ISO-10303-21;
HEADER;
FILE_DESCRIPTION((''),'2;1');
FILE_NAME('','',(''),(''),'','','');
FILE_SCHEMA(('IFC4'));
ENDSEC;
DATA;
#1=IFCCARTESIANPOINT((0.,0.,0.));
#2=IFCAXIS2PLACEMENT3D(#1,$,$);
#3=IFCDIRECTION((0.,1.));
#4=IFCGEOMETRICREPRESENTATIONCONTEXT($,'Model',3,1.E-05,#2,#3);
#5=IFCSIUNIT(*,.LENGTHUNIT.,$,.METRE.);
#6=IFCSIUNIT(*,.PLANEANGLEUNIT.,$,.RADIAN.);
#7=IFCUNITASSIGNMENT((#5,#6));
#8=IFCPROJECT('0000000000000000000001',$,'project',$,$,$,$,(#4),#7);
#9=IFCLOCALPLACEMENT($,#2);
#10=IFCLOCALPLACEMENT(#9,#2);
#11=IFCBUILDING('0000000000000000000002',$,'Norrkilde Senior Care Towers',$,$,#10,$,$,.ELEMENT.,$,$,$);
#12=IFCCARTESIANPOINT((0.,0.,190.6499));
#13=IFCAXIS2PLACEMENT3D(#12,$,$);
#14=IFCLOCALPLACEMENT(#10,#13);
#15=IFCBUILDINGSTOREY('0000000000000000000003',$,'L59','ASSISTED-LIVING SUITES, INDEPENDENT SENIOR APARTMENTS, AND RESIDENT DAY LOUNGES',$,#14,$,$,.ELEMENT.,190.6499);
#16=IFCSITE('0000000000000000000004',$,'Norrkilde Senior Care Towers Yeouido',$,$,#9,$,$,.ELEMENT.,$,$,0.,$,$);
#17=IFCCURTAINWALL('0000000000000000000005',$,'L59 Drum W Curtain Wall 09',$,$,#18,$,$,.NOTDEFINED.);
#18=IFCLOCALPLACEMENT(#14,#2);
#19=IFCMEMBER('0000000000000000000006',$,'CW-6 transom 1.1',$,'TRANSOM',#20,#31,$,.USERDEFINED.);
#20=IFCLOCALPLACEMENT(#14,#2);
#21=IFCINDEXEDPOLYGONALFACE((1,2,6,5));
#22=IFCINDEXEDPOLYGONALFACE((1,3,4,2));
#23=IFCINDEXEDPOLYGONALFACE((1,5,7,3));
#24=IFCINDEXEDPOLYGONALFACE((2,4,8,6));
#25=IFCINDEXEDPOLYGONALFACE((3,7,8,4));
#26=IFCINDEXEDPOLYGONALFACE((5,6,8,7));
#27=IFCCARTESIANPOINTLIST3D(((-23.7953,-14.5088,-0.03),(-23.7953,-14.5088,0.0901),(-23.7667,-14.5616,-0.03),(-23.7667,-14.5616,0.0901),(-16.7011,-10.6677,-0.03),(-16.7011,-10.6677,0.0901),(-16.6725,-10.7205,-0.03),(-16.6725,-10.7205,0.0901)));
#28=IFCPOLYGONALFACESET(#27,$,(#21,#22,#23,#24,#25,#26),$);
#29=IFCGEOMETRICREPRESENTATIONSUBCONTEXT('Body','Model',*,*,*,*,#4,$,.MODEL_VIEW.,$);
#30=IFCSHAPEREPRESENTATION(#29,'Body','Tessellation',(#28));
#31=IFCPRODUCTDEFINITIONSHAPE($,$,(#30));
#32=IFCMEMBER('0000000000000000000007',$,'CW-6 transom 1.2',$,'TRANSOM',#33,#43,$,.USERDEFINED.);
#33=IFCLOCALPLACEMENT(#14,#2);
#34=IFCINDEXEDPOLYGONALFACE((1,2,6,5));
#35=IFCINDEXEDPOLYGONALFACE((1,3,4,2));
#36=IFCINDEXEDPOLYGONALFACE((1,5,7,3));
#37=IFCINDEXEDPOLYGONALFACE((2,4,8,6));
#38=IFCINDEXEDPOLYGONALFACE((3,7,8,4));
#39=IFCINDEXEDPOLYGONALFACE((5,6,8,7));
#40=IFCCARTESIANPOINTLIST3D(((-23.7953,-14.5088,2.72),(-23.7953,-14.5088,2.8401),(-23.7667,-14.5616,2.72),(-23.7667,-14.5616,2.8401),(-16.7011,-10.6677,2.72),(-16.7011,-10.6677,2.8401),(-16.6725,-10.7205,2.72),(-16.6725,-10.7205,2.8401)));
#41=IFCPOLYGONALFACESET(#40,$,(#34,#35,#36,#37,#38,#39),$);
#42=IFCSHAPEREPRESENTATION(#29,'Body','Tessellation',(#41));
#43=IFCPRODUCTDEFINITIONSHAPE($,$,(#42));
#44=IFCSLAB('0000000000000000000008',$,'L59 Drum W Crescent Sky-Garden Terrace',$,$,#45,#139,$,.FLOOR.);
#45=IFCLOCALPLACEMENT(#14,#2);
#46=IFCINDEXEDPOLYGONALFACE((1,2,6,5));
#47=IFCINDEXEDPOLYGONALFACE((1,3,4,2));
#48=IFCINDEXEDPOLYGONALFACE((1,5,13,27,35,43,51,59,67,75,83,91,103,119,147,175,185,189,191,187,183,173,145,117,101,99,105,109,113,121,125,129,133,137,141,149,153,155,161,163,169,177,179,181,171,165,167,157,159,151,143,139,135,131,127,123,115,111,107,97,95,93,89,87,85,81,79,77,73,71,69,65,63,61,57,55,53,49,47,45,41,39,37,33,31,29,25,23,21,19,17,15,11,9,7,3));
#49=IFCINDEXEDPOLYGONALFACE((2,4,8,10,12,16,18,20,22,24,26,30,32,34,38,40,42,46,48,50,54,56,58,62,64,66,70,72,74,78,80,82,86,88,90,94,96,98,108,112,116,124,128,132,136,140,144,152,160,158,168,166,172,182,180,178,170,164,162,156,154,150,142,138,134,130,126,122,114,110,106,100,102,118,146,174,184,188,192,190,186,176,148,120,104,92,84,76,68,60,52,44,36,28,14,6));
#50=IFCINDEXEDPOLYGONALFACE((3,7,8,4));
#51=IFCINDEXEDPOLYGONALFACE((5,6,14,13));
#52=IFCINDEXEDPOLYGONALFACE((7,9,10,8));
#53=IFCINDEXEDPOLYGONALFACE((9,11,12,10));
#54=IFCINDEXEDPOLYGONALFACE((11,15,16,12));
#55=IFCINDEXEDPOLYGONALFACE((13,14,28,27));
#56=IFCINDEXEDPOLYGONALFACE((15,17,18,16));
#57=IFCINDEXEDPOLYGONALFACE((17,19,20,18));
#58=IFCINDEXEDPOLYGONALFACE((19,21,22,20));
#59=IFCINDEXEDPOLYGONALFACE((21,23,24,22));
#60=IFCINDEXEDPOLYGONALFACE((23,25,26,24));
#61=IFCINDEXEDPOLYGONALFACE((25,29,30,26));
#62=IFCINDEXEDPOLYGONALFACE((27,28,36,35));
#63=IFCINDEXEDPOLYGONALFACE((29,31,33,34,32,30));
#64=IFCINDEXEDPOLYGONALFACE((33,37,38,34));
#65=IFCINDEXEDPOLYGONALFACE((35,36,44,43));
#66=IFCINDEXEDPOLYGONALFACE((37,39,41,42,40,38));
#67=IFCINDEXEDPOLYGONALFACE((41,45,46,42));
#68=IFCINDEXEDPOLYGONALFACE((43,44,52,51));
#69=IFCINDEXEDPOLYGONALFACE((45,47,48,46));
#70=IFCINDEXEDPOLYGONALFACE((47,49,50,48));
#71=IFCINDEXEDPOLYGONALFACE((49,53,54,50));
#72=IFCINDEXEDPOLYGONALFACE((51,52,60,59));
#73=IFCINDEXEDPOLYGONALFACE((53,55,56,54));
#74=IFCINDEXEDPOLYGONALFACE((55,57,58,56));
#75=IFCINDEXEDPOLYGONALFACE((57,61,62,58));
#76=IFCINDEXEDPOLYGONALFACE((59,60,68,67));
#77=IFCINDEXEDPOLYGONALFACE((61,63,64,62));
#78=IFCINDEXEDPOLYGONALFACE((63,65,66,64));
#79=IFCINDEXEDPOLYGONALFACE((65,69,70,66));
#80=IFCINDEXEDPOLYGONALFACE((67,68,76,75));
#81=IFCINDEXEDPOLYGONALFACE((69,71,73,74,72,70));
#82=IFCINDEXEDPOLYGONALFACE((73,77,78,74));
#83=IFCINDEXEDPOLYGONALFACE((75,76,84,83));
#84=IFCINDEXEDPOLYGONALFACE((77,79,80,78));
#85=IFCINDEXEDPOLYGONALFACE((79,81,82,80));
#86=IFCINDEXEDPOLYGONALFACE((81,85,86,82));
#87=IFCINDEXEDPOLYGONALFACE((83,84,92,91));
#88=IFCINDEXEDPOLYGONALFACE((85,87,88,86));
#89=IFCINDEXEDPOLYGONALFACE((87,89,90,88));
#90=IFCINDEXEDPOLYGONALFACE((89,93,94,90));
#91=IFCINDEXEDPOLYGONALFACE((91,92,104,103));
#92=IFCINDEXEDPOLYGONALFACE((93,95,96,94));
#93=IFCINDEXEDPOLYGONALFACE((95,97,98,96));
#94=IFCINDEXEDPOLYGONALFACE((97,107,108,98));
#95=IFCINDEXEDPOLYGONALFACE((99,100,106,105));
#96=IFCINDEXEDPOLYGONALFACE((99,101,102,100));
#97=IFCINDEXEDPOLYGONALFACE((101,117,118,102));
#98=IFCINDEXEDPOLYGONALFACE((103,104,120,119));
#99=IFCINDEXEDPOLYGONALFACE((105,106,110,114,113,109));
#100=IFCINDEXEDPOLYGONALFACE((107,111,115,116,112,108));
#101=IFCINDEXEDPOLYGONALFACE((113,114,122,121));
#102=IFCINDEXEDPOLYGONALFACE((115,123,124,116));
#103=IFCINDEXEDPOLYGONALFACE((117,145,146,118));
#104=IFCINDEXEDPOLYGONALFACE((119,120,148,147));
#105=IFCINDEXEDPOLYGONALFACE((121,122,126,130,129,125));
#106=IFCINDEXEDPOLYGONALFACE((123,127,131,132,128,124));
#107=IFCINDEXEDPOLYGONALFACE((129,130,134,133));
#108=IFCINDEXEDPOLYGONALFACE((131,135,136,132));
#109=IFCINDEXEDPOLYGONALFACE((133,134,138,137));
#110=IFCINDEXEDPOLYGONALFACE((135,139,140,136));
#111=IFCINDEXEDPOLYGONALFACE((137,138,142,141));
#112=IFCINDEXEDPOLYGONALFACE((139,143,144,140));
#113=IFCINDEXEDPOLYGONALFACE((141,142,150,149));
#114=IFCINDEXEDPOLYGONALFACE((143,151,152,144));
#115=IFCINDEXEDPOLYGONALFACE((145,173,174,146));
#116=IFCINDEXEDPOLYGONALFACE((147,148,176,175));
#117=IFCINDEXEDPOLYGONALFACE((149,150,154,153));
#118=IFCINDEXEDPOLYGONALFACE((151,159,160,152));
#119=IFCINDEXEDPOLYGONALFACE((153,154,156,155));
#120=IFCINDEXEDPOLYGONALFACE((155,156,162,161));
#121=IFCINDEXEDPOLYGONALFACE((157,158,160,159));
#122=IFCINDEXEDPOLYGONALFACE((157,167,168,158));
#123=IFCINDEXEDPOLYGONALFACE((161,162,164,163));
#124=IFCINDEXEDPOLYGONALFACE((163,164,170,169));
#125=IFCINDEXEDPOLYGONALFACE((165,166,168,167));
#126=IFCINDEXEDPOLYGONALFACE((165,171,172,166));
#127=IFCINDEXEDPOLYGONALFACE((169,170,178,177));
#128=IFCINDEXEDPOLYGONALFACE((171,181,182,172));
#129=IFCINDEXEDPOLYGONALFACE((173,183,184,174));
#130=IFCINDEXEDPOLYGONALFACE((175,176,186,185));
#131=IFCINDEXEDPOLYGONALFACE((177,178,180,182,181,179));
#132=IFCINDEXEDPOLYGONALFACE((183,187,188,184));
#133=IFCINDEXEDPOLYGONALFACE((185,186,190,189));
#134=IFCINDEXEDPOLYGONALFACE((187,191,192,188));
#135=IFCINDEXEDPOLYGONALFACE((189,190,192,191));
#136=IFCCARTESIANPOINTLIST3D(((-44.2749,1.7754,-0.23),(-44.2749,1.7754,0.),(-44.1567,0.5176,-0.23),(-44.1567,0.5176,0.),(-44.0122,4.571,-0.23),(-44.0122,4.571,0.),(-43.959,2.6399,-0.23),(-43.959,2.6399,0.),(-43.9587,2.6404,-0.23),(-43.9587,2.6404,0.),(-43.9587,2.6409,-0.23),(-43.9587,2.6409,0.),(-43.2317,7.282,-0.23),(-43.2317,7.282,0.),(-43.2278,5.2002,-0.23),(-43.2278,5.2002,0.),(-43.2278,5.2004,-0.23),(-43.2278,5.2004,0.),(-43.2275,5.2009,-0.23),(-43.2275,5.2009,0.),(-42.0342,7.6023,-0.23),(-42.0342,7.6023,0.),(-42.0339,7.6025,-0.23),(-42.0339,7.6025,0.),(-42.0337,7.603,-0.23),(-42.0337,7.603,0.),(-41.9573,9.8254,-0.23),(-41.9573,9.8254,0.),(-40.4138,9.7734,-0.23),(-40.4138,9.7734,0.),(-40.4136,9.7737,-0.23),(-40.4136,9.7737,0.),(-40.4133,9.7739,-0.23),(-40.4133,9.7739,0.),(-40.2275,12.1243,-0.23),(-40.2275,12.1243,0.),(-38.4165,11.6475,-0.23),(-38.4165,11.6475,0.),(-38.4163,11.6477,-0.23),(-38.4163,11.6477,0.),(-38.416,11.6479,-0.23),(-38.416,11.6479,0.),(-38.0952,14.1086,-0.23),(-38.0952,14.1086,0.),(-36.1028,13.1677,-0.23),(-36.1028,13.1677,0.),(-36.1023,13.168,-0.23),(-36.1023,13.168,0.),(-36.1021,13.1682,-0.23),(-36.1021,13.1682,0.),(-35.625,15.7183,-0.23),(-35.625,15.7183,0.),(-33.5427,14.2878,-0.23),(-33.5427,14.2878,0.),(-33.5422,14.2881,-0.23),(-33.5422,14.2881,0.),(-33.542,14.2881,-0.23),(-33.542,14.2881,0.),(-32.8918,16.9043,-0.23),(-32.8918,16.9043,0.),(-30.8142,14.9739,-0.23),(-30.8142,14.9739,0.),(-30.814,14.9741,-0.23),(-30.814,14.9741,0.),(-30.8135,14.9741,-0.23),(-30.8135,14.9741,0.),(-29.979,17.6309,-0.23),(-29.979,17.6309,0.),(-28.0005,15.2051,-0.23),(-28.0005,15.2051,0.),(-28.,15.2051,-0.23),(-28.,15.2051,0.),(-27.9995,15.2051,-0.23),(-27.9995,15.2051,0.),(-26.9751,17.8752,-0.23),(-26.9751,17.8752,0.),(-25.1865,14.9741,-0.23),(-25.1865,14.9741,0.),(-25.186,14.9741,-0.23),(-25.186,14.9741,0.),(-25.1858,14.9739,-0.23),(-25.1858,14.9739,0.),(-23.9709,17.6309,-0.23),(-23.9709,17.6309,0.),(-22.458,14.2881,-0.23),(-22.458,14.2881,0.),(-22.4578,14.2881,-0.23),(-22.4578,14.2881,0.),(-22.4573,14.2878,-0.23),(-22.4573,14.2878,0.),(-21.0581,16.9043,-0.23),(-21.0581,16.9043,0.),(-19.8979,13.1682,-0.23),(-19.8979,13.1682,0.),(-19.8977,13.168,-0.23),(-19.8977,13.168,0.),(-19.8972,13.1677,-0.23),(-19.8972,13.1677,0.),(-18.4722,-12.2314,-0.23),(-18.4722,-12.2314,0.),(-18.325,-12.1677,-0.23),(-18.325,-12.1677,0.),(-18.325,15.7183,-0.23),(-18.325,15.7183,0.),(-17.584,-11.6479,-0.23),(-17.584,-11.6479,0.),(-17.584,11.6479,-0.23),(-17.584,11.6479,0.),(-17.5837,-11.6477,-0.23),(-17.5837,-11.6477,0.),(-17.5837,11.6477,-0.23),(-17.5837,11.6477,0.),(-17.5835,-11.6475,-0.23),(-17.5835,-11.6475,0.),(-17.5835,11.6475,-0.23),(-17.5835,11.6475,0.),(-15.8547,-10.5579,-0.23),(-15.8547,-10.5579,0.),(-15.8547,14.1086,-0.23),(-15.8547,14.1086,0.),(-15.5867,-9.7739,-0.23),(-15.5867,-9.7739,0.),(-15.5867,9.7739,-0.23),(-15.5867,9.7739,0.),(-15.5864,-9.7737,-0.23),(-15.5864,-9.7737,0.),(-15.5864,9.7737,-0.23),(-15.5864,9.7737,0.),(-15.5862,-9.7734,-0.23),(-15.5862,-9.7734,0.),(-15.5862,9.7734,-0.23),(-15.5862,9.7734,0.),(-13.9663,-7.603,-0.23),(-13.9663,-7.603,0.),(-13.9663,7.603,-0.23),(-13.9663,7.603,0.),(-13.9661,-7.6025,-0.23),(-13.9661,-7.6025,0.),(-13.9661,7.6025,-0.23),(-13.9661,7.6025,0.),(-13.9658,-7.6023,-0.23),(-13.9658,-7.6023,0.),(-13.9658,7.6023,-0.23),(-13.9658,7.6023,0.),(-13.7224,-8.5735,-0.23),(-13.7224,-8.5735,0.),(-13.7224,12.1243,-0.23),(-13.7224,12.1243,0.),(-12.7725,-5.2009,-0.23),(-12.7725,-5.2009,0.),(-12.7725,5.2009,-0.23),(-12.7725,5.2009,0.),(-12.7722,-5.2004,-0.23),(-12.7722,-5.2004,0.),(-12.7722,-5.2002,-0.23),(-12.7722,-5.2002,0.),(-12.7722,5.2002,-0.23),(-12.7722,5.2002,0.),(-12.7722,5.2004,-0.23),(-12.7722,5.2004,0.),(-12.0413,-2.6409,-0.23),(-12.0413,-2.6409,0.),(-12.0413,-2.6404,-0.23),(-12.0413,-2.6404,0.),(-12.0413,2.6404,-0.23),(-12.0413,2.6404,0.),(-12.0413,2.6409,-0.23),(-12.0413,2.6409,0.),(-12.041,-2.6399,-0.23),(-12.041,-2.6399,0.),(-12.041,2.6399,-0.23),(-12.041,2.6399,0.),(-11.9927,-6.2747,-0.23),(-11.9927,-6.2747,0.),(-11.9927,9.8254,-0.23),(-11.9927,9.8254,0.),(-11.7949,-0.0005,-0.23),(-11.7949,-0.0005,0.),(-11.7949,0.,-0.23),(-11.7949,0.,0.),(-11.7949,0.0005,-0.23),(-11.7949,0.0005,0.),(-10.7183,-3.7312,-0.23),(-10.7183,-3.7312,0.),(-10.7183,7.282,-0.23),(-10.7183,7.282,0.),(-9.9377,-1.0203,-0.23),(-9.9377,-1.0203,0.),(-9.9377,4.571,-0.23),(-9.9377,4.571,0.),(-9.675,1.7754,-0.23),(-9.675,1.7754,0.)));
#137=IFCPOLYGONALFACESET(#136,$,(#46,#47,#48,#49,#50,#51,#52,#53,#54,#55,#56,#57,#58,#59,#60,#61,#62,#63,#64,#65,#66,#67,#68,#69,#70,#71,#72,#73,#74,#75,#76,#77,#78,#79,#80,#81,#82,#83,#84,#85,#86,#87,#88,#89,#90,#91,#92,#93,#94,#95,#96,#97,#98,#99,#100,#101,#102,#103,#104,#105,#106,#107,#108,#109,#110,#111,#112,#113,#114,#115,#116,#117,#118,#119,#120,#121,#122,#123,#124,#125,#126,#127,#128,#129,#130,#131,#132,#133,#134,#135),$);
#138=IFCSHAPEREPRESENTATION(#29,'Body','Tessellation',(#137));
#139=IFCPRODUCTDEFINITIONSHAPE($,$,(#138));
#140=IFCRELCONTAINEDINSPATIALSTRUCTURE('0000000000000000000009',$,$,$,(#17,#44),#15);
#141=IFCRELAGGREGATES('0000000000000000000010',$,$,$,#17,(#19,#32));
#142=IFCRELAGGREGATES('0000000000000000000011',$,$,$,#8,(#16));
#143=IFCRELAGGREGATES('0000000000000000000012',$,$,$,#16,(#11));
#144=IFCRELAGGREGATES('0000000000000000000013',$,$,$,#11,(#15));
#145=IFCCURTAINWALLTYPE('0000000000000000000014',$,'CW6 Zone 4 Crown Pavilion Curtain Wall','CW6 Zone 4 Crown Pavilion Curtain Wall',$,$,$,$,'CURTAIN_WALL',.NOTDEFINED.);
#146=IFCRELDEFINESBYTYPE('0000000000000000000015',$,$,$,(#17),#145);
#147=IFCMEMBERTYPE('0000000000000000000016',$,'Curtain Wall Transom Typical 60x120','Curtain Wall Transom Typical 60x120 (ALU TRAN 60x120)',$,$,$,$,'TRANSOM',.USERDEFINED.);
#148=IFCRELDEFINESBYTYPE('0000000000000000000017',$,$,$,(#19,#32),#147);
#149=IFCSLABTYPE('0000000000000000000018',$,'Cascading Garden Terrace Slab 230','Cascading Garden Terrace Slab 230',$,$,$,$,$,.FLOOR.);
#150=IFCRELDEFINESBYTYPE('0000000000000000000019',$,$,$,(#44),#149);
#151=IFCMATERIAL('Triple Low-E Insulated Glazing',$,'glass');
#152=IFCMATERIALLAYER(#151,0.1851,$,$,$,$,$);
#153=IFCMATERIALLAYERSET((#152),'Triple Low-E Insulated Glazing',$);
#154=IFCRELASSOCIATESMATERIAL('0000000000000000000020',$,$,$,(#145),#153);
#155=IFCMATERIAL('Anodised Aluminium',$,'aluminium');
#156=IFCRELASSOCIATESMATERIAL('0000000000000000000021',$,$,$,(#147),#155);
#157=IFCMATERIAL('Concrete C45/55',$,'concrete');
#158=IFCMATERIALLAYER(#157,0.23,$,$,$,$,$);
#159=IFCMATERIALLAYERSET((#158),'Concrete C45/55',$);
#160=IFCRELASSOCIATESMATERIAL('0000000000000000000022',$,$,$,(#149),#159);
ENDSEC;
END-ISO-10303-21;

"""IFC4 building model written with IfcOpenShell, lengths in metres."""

from ifc_helpers import new_model, si_unit, direction, frame, origin, origin_2d, place, context, subcontext, project, spatial, polyline, rectangle, outline, extrude, source, transform, mapped, material, layer, layer_set, material_profile, profile_set, type_object, element, aggregate, save


model = new_model("IFC4")

# Units and contexts
model_context = context("Model", 3, precision=1e-05, world=origin(), true_north=direction((0.0, 1.0)))
body_context = subcontext(model_context, "Body", "Model", "MODEL_VIEW")
ifc_project = project(units=[si_unit("LENGTHUNIT", "METRE"), si_unit("PLANEANGLEUNIT", "RADIAN")], contexts=[model_context])

# Site, building, storey
site_placement = place(None, origin())
site = spatial("IfcSite", under=ifc_project, at=site_placement, Name="Norrkilde Senior Care Towers Yeouido", CompositionType="ELEMENT", RefElevation=0.0)
building_placement = place(site_placement, origin())
building = spatial("IfcBuilding", under=site, at=building_placement, Name="Norrkilde Senior Care Towers", CompositionType="ELEMENT")
storey_placement = place(building_placement, frame((0.0, 0.0, 190.6499)))
storey = spatial("IfcBuildingStorey", under=building, at=storey_placement, Name="L59", Description="ASSISTED-LIVING SUITES, INDEPENDENT SENIOR APARTMENTS, AND RESIDENT DAY LOUNGES", CompositionType="ELEMENT", Elevation=190.6499)

# Curtain wall
ifc_material_1 = material(Name="Triple Low-E Insulated Glazing", Category="glass")
ifc_layer_1 = layer(ifc_material_1, 0.1851)
ifc_layer_set_1 = layer_set([ifc_layer_1], Name="Triple Low-E Insulated Glazing")
curtain_wall_type = type_object("IfcCurtainWallType", Name="CW6 Zone 4 Crown Pavilion Curtain Wall", Description="CW6 Zone 4 Crown Pavilion Curtain Wall", ElementType="CURTAIN_WALL", PredefinedType="NOTDEFINED", material=ifc_layer_set_1)
curtain_wall_1_placement = place(storey_placement, origin())
curtain_wall_1 = element("IfcCurtainWall", 1, at=curtain_wall_1_placement, inside=storey, type_object=curtain_wall_type, Name="L59 Drum W Curtain Wall 09", PredefinedType="NOTDEFINED")
ifc_material_2 = material(Name="Anodised Aluminium", Category="aluminium")

# Members
ifc_material_profile_1 = material_profile(ifc_material_2, rectangle(XDim=0.0601, YDim=0.1201, at=origin_2d()), Name="ALU TRAN 60x120")
ifc_profile_set_1 = profile_set([ifc_material_profile_1], Name="Anodised Aluminium")
member_type_1 = type_object("IfcMemberType", Name="Curtain Wall Transom Typical 60x120", Description="Curtain Wall Transom Typical 60x120 (ALU TRAN 60x120)", ElementType="TRANSOM", PredefinedType="USERDEFINED", material=ifc_profile_set_1)
shared_shape_1 = source(origin(), body_context, "Body", "SweptSolid", [
    extrude(rectangle(XDim=0.0601, YDim=0.1201, at=origin_2d()), origin(), (0.0, 0.0, 1.0), 8.0674),
])
member_1_placement = place(storey_placement, frame((-16.6868, -10.6941, 0.03), z_axis=(-0.879378, -0.476125, 0.0), x_axis=(0.476125, -0.879378, 0.0)))
member_1 = element("IfcMember", 2, at=member_1_placement, type_object=member_type_1, Name="CW-6 transom 1.1", ObjectType="TRANSOM", PredefinedType="USERDEFINED", context=body_context, shape_type="MappedRepresentation", body=[
    mapped(shared_shape_1, transform((0.0, 0.0, 0.0), x_axis=(1.0, 0.0, 0.0), y_axis=(0.0, 1.0, 0.0), z_axis=(0.0, 0.0, 1.0), scale=1.0)),
])
member_2_placement = place(storey_placement, frame((-16.6868, -10.6941, 2.78), z_axis=(-0.879378, -0.476125, 0.0), x_axis=(0.476125, -0.879378, 0.0)))
member_2 = element("IfcMember", 3, at=member_2_placement, type_object=member_type_1, Name="CW-6 transom 1.2", ObjectType="TRANSOM", PredefinedType="USERDEFINED", context=body_context, shape_type="MappedRepresentation", body=[
    mapped(shared_shape_1, transform((0.0, 0.0, 0.0), x_axis=(1.0, 0.0, 0.0), y_axis=(0.0, 1.0, 0.0), z_axis=(0.0, 0.0, 1.0), scale=1.0)),
])
aggregate(curtain_wall_1, [member_1, member_2])

# Slab
ifc_material_3 = material(Name="Concrete C45/55", Category="concrete")
ifc_layer_2 = layer(ifc_material_3, 0.23)
ifc_layer_set_2 = layer_set([ifc_layer_2], Name="Concrete C45/55")
slab_type_1 = type_object("IfcSlabType", Name="Cascading Garden Terrace Slab 230", Description="Cascading Garden Terrace Slab 230", PredefinedType="FLOOR", material=ifc_layer_set_2)
slab_1_placement = place(storey_placement, frame((0.0, 0.0, -0.23)))
element("IfcSlab", 4, at=slab_1_placement, inside=storey, type_object=slab_type_1, Name="L59 Drum W Crescent Sky-Garden Terrace", PredefinedType="FLOOR", context=body_context, shape_type="SweptSolid", body=[
    extrude(outline(polyline([(-44.2749, 1.7754), (-44.0122, 4.571), (-43.2317, 7.282), (-41.9573, 9.8254), (-40.2275, 12.1243), (-38.0952, 14.1086), (-35.625, 15.7183), (-32.8918, 16.9043), (-29.979, 17.6309), (-26.9751, 17.8752), (-23.9709, 17.6309), (-21.0581, 16.9043), (-18.325, 15.7183), (-15.8547, 14.1086), (-13.7224, 12.1243), (-11.9927, 9.8254), (-10.7183, 7.282), (-9.9377, 4.571), (-9.675, 1.7754), (-9.9377, -1.0203), (-10.7183, -3.7312), (-11.9927, -6.2747), (-13.7224, -8.5735), (-15.8547, -10.5579), (-18.325, -12.1677), (-18.4722, -12.2314), (-17.584, -11.6479), (-17.5837, -11.6477), (-17.5835, -11.6475), (-15.5867, -9.7739), (-15.5864, -9.7737), (-15.5862, -9.7734), (-13.9663, -7.603), (-13.9661, -7.6025), (-13.9658, -7.6023), (-12.7725, -5.2009), (-12.7722, -5.2004), (-12.7722, -5.2002), (-12.0413, -2.6409), (-12.0413, -2.6404), (-12.041, -2.6399), (-11.7949, -0.0005), (-11.7949, 0.0), (-11.7949, 0.0005), (-12.041, 2.6399), (-12.0413, 2.6404), (-12.0413, 2.6409), (-12.7722, 5.2002), (-12.7722, 5.2004), (-12.7725, 5.2009), (-13.9658, 7.6023), (-13.9661, 7.6025), (-13.9663, 7.603), (-15.5862, 9.7734), (-15.5864, 9.7737), (-15.5867, 9.7739), (-17.5835, 11.6475), (-17.5837, 11.6477), (-17.584, 11.6479), (-19.8972, 13.1677), (-19.8977, 13.168), (-19.8979, 13.1682), (-22.4573, 14.2878), (-22.4578, 14.2881), (-22.458, 14.2881), (-25.1858, 14.9739), (-25.186, 14.9741), (-25.1865, 14.9741), (-27.9995, 15.2051), (-28.0, 15.2051), (-28.0005, 15.2051), (-30.8135, 14.9741), (-30.814, 14.9741), (-30.8142, 14.9739), (-33.542, 14.2881), (-33.5422, 14.2881), (-33.5427, 14.2878), (-36.1021, 13.1682), (-36.1023, 13.168), (-36.1028, 13.1677), (-38.416, 11.6479), (-38.4163, 11.6477), (-38.4165, 11.6475), (-40.4133, 9.7739), (-40.4136, 9.7737), (-40.4138, 9.7734), (-42.0337, 7.603), (-42.0339, 7.6025), (-42.0342, 7.6023), (-43.2275, 5.2009), (-43.2278, 5.2004), (-43.2278, 5.2002), (-43.9587, 2.6409), (-43.9587, 2.6404), (-43.959, 2.6399), (-44.1567, 0.5176), (-44.2749, 1.7754)])), origin(), (0.0, 0.0, 1.0), 0.23),
])

save(model, "model.ifc")
